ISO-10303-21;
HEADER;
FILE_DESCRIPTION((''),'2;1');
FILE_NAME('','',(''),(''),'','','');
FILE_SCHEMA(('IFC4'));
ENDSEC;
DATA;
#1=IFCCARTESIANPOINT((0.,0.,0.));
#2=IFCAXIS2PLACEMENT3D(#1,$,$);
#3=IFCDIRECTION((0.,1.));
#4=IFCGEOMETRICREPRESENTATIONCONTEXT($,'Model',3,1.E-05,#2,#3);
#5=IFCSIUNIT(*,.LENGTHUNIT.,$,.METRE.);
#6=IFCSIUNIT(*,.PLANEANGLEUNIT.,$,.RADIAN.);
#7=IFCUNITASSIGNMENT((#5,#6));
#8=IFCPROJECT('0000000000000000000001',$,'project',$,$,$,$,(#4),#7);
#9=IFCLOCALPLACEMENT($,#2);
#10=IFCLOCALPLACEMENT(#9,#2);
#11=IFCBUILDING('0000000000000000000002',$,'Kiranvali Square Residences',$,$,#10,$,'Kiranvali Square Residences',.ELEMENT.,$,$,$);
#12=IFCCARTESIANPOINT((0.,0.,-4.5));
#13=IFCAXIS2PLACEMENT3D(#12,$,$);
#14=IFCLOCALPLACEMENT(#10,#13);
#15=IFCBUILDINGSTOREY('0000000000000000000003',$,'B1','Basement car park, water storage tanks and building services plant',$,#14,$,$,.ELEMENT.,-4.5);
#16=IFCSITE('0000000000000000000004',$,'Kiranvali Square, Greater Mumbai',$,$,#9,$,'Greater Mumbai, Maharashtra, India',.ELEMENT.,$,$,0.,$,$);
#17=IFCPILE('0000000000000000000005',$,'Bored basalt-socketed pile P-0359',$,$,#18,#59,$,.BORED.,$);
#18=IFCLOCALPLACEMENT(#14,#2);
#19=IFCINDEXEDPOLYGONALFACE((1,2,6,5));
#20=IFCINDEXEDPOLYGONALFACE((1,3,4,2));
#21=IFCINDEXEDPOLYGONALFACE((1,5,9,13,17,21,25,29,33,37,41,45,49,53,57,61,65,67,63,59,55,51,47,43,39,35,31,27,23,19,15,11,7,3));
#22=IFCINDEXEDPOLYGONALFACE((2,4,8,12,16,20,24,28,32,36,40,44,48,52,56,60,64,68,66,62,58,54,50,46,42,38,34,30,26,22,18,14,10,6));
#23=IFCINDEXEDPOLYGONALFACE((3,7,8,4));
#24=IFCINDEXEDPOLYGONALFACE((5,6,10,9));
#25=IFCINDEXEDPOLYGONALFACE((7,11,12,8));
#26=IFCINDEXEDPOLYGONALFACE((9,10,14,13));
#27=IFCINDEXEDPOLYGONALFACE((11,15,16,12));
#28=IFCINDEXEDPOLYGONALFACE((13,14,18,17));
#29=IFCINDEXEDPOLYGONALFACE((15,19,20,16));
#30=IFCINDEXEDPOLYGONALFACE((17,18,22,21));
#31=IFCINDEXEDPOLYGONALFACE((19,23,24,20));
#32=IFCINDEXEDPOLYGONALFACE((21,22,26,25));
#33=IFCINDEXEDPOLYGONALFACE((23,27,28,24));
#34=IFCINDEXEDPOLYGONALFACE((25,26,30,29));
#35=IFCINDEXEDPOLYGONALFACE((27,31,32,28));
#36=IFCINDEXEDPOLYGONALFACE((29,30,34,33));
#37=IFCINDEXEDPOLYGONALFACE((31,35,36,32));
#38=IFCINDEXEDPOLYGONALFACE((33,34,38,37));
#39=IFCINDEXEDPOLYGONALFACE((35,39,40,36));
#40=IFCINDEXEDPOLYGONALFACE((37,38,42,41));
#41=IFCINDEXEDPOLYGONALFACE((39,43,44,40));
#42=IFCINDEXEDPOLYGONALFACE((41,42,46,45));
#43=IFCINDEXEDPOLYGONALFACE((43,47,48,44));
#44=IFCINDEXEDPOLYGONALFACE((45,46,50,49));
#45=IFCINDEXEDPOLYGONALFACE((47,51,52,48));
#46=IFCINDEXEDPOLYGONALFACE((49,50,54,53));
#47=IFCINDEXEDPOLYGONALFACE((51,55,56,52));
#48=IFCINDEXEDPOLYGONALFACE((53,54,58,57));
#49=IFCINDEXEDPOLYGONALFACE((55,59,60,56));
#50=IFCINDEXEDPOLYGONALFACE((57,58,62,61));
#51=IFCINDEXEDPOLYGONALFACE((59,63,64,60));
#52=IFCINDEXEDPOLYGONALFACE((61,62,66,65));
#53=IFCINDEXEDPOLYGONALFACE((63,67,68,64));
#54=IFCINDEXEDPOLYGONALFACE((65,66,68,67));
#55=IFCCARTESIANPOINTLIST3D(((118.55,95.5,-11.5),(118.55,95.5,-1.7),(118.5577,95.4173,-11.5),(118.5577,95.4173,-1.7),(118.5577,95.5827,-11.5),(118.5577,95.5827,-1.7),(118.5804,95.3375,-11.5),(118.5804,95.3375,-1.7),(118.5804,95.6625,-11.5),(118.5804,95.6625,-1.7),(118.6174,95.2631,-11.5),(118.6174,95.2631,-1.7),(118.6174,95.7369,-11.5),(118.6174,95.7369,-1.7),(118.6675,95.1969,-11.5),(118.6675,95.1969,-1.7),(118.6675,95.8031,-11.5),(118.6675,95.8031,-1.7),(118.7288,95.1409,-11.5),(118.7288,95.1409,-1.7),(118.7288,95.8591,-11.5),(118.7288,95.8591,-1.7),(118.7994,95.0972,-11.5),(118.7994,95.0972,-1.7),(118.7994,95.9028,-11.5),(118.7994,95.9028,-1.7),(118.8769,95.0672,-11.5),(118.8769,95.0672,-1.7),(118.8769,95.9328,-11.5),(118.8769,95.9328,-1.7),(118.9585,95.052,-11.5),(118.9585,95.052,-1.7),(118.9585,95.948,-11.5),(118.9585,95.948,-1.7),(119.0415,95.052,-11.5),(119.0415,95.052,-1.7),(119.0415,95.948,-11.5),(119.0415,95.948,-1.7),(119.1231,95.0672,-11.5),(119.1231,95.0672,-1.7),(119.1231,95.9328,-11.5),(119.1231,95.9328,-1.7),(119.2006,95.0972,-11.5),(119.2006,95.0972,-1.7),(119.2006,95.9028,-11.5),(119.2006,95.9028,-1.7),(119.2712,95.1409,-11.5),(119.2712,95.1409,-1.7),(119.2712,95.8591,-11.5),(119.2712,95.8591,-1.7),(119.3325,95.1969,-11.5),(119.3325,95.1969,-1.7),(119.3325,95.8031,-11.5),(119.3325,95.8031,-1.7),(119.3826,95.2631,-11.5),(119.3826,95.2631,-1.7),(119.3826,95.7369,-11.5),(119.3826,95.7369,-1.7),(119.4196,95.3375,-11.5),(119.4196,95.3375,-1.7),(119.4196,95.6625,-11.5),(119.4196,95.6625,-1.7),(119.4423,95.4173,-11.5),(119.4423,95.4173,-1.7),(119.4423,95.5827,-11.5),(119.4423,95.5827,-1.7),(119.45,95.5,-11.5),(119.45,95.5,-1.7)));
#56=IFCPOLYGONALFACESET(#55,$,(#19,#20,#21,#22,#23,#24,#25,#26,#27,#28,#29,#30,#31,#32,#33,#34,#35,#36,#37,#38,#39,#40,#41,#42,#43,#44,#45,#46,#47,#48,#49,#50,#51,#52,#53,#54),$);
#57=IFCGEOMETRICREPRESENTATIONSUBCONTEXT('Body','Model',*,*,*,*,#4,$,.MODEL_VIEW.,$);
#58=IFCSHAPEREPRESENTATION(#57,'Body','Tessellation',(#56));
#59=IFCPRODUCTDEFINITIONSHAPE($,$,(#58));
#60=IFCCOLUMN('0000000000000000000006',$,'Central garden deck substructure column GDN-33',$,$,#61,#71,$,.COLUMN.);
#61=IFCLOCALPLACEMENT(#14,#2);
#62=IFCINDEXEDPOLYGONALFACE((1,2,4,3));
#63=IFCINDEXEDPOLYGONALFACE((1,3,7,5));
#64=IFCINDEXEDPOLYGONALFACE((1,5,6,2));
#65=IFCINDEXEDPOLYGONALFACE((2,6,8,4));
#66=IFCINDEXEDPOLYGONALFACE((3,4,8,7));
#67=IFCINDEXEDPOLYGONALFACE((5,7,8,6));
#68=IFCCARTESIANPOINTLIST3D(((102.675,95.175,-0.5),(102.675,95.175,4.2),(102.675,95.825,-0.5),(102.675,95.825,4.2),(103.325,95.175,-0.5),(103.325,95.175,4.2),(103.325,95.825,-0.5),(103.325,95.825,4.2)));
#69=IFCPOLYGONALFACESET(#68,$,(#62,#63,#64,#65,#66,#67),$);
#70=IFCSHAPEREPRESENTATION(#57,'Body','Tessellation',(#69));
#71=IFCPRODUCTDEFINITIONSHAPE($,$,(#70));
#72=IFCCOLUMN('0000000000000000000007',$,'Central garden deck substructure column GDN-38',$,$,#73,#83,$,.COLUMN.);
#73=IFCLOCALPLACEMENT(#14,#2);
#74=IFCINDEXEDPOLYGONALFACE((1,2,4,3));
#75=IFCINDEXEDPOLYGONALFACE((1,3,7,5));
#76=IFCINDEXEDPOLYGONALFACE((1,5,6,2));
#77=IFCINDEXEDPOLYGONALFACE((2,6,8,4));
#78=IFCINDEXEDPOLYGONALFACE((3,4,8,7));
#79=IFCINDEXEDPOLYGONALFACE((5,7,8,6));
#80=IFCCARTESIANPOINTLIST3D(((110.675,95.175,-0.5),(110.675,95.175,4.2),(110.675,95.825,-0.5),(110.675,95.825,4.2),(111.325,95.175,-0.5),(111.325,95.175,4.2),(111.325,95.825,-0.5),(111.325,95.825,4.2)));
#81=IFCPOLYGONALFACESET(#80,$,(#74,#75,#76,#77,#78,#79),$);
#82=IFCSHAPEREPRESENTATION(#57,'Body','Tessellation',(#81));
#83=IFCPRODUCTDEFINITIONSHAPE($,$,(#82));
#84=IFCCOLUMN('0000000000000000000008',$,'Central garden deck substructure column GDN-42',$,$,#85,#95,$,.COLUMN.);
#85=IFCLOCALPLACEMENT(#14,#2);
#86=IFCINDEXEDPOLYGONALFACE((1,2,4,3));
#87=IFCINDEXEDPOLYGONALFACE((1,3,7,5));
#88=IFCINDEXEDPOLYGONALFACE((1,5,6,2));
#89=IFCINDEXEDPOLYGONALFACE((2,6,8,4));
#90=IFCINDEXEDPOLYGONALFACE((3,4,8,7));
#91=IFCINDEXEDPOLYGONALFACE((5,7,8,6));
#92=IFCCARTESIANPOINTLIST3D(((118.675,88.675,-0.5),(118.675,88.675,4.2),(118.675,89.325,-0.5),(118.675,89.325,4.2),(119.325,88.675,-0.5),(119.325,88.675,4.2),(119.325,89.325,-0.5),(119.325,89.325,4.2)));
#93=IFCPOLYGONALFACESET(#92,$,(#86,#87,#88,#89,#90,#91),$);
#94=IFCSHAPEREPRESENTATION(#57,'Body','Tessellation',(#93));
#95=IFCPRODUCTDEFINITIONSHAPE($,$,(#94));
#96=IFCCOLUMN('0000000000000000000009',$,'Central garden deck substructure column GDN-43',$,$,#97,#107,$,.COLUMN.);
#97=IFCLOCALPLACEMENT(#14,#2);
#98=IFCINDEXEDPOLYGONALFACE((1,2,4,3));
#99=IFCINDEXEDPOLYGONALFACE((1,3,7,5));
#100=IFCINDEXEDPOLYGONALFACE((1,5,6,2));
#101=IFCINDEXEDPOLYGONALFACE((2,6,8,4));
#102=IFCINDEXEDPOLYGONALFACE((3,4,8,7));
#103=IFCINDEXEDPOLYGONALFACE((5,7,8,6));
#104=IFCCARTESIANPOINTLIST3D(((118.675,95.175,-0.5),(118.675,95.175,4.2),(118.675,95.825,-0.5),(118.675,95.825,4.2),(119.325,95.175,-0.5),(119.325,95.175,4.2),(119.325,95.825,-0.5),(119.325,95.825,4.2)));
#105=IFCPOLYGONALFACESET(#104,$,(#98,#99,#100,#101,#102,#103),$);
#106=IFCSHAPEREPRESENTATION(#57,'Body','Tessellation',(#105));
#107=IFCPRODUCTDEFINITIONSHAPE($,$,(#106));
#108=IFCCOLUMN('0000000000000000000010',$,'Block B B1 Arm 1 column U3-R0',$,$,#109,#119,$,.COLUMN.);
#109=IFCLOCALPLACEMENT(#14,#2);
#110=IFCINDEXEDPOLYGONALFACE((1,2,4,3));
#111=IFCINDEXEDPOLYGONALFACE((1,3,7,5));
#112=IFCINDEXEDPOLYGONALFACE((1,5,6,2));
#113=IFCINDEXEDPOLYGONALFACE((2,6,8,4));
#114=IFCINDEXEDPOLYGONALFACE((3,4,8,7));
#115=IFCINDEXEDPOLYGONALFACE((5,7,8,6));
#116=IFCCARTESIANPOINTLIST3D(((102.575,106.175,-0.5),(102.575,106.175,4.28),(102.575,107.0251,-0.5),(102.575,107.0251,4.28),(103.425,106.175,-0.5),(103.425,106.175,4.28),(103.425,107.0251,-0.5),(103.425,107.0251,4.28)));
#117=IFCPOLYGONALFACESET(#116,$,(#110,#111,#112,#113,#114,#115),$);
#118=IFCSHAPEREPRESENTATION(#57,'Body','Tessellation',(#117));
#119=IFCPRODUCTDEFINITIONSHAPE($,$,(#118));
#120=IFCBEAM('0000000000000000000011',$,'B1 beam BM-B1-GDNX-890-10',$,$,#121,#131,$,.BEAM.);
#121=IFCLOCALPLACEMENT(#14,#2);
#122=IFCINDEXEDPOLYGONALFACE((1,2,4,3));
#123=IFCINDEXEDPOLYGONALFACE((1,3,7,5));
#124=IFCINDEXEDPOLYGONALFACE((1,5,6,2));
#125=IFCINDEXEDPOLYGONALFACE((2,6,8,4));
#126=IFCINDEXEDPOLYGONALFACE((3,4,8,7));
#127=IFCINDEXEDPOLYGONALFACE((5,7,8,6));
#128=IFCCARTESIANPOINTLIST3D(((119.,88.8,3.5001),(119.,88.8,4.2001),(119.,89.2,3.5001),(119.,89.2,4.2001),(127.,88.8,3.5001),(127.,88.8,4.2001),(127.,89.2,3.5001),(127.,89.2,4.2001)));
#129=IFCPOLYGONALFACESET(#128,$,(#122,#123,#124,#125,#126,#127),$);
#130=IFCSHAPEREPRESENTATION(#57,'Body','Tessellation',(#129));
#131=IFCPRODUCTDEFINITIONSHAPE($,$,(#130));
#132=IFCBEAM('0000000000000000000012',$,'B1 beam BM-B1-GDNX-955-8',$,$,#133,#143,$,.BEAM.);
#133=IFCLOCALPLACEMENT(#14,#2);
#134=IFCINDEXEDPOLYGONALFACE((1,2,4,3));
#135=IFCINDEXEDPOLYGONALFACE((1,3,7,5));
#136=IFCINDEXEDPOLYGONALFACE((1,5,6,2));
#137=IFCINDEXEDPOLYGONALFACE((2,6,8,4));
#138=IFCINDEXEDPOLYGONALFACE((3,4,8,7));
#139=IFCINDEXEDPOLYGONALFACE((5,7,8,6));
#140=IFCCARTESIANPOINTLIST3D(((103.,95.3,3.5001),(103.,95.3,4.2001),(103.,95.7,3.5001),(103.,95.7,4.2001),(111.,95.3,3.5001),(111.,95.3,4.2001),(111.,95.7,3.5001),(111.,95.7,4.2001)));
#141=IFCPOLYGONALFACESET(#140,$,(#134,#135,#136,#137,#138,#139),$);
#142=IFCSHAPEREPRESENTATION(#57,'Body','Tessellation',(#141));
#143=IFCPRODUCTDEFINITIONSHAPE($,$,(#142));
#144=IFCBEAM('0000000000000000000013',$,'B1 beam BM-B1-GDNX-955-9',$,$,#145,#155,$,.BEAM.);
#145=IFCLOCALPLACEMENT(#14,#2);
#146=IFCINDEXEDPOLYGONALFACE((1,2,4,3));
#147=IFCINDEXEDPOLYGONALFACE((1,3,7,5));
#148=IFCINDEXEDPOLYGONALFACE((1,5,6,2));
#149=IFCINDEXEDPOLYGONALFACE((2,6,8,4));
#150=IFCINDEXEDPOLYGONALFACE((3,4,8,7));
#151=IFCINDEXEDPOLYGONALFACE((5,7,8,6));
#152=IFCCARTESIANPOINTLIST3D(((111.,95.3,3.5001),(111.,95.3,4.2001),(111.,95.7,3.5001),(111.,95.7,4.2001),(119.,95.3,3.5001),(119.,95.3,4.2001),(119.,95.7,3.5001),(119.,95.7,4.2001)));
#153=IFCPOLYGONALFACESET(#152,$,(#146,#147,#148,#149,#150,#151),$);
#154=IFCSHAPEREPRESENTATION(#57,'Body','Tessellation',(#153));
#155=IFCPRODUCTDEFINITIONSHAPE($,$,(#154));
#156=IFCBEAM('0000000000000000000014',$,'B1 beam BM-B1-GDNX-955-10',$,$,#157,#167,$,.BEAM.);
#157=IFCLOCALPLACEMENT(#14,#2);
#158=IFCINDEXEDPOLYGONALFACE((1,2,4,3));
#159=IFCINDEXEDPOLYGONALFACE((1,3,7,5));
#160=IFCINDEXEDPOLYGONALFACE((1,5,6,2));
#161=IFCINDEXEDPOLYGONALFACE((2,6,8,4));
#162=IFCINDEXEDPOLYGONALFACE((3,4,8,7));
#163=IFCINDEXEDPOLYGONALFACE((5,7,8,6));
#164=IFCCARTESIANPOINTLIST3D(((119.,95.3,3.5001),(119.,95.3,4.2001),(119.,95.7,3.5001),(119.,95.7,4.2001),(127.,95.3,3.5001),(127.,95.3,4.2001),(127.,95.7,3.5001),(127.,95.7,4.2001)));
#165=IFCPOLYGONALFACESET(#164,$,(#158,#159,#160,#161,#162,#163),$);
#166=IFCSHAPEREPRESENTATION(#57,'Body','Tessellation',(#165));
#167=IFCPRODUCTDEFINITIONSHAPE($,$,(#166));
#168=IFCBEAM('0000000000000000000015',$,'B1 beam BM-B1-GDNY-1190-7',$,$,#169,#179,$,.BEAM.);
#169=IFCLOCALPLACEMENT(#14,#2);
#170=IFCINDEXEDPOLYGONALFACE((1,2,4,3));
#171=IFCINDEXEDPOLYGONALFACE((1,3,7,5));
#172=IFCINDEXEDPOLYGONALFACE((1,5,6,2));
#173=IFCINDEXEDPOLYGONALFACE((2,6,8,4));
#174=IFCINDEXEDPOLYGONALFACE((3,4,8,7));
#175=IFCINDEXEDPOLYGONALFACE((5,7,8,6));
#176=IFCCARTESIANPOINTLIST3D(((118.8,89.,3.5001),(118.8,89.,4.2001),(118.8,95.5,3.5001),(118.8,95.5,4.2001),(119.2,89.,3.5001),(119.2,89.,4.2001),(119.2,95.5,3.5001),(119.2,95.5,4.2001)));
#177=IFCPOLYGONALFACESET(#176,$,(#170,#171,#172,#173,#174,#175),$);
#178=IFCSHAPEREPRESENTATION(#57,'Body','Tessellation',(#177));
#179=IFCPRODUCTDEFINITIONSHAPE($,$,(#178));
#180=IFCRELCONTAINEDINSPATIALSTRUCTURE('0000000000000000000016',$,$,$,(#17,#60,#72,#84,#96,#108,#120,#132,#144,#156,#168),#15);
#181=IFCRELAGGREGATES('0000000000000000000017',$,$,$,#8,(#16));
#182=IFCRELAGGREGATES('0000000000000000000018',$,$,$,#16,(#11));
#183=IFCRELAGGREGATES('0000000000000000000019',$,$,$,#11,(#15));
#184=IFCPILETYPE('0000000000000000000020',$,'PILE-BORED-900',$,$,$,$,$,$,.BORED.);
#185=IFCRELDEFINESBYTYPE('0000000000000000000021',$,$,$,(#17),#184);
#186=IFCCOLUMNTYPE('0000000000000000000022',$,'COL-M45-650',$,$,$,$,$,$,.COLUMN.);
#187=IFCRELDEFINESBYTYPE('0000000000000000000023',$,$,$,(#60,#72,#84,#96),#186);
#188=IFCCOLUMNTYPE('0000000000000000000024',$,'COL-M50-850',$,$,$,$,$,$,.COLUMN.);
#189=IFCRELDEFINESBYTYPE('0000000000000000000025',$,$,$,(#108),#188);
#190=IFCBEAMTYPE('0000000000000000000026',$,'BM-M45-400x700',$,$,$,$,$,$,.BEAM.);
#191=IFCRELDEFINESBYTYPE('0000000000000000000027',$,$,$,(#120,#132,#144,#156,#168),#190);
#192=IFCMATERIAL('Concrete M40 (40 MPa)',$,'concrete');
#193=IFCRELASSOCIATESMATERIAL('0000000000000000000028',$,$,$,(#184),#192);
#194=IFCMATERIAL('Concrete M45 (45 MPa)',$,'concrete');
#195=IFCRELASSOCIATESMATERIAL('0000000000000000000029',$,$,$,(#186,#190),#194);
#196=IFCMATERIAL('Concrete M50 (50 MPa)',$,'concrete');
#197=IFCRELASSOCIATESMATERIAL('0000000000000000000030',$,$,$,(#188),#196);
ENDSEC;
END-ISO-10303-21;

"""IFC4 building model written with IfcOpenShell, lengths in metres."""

from ifc_helpers import new_model, si_unit, direction, frame, origin, origin_2d, place, context, subcontext, project, spatial, rectangle, circle, extrude, material, material_profile, profile_set, type_object, element, save


model = new_model("IFC4")

# Units and contexts
model_context = context("Model", 3, precision=1e-05, world=origin(), true_north=direction((0.0, 1.0)))
body_context = subcontext(model_context, "Body", "Model", "MODEL_VIEW")
ifc_project = project(units=[si_unit("LENGTHUNIT", "METRE"), si_unit("PLANEANGLEUNIT", "RADIAN")], contexts=[model_context])

# Site, building, storey
site_placement = place(None, origin())
site = spatial("IfcSite", under=ifc_project, at=site_placement, Name="Kiranvali Square, Greater Mumbai", LongName="Greater Mumbai, Maharashtra, India", CompositionType="ELEMENT", RefElevation=0.0)
building_placement = place(site_placement, origin())
building = spatial("IfcBuilding", under=site, at=building_placement, Name="Kiranvali Square Residences", LongName="Kiranvali Square Residences", CompositionType="ELEMENT")
storey_placement = place(building_placement, frame((0.0, 0.0, -4.5)))
storey = spatial("IfcBuildingStorey", under=building, at=storey_placement, Name="B1", Description="Basement car park, water storage tanks and building services plant", CompositionType="ELEMENT", Elevation=-4.5)

# Shared definitions
ifc_material_1 = material(Name="Concrete M40 (40 MPa)", Category="concrete")

# Pile
ifc_material_profile_1 = material_profile(ifc_material_1, circle(Radius=0.45, at=origin_2d()), Name="BORED PILE 900")
ifc_profile_set_1 = profile_set([ifc_material_profile_1], Name="Concrete M40 (40 MPa)")
pile_type_1 = type_object("IfcPileType", Name="PILE-BORED-900", PredefinedType="BORED", material=ifc_profile_set_1)
for number, where, z_axis, x_axis, name in (
    (1, (119.0, 95.5, -1.7), (0.0, 0.0, -1.0), (1.0, 0.0, 0.0), "Bored basalt-socketed pile P-0359"),
):
    element("IfcPile", number, at=place(storey_placement, frame(where, z_axis=z_axis, x_axis=x_axis)), inside=storey, type_object=pile_type_1, Name=name, PredefinedType="BORED", context=body_context, shape_type="SweptSolid", body=[
        extrude(circle(Radius=0.45, at=origin_2d()), origin(), (0.0, 0.0, 1.0), 9.8),
    ])

# Columns
ifc_material_2 = material(Name="Concrete M45 (45 MPa)", Category="concrete")
ifc_material_profile_2 = material_profile(ifc_material_2, rectangle(XDim=0.6499, YDim=0.6499, at=origin_2d()), Name="RC 650x650")
ifc_profile_set_2 = profile_set([ifc_material_profile_2], Name="Concrete M45 (45 MPa)")
column_type_1 = type_object("IfcColumnType", Name="COL-M45-650", PredefinedType="COLUMN", material=ifc_profile_set_2)
for number, where, z_axis, x_axis, name in (
    (2, (103.0, 95.5, -0.5), (0.0, 0.0, 1.0), (1.0, 0.0, 0.0), "Central garden deck substructure column GDN-33"),
    (3, (111.0, 95.5, -0.5), (0.0, 0.0, 1.0), (1.0, 0.0, 0.0), "Central garden deck substructure column GDN-38"),
    (4, (119.0, 89.0, -0.5), (0.0, 0.0, 1.0), (1.0, 0.0, 0.0), "Central garden deck substructure column GDN-42"),
    (5, (119.0, 95.5, -0.5), (0.0, 0.0, 1.0), (1.0, 0.0, 0.0), "Central garden deck substructure column GDN-43"),
):
    element("IfcColumn", number, at=place(storey_placement, frame(where, z_axis=z_axis, x_axis=x_axis)), inside=storey, type_object=column_type_1, Name=name, PredefinedType="COLUMN", context=body_context, shape_type="SweptSolid", body=[
        extrude(rectangle(XDim=0.6499, YDim=0.6499, at=origin_2d()), origin(), (0.0, 0.0, 1.0), 4.7),
    ])
ifc_material_3 = material(Name="Concrete M50 (50 MPa)", Category="concrete")
ifc_material_profile_3 = material_profile(ifc_material_3, rectangle(XDim=0.8501, YDim=0.8501, at=origin_2d()), Name="RC 850x850")
ifc_profile_set_3 = profile_set([ifc_material_profile_3], Name="Concrete M50 (50 MPa)")
column_type_2 = type_object("IfcColumnType", Name="COL-M50-850", PredefinedType="COLUMN", material=ifc_profile_set_3)
column_placement = place(storey_placement, frame((103.0, 106.6001, -0.5), z_axis=(0.0, 0.0, 1.0), x_axis=(1.0, 0.0, 0.0)))
element("IfcColumn", 6, at=column_placement, inside=storey, type_object=column_type_2, Name="Block B B1 Arm 1 column U3-R0", PredefinedType="COLUMN", context=body_context, shape_type="SweptSolid", body=[
    extrude(rectangle(XDim=0.8501, YDim=0.8501, at=origin_2d()), origin(), (0.0, 0.0, 1.0), 4.78),
])

# Beams
ifc_material_profile_4 = material_profile(ifc_material_2, rectangle(XDim=0.3999, YDim=0.7, at=origin_2d()), Name="RC 400x700")
ifc_profile_set_4 = profile_set([ifc_material_profile_4], Name="Concrete M45 (45 MPa)")
beam_type = type_object("IfcBeamType", Name="BM-M45-400x700", PredefinedType="BEAM", material=ifc_profile_set_4)
for number, where, z_axis, x_axis, name in (
    (7, (119.0, 89.0, 3.8501), (1.0, 0.0, 0.0), (0.0, 1.0, 0.0), "B1 beam BM-B1-GDNX-890-10"),
    (8, (103.0, 95.5, 3.8501), (1.0, 0.0, 0.0), (0.0, 1.0, 0.0), "B1 beam BM-B1-GDNX-955-8"),
    (9, (111.0, 95.5, 3.8501), (1.0, 0.0, 0.0), (0.0, 1.0, 0.0), "B1 beam BM-B1-GDNX-955-9"),
    (10, (119.0, 95.5, 3.8501), (1.0, 0.0, 0.0), (0.0, 1.0, 0.0), "B1 beam BM-B1-GDNX-955-10"),
):
    element("IfcBeam", number, at=place(storey_placement, frame(where, z_axis=z_axis, x_axis=x_axis)), inside=storey, type_object=beam_type, Name=name, PredefinedType="BEAM", context=body_context, shape_type="SweptSolid", body=[
        extrude(rectangle(XDim=0.3999, YDim=0.7, at=origin_2d()), origin(), (0.0, 0.0, 1.0), 8.0),
    ])
beam_placement = place(storey_placement, frame((119.0, 89.0, 3.8501), z_axis=(0.0, 1.0, 0.0), x_axis=(-1.0, 0.0, 0.0)))
element("IfcBeam", 11, at=beam_placement, inside=storey, type_object=beam_type, Name="B1 beam BM-B1-GDNY-1190-7", PredefinedType="BEAM", context=body_context, shape_type="SweptSolid", body=[
    extrude(rectangle(XDim=0.3999, YDim=0.7, at=origin_2d()), origin(), (0.0, 0.0, 1.0), 6.5),
])

save(model, "model.ifc")
